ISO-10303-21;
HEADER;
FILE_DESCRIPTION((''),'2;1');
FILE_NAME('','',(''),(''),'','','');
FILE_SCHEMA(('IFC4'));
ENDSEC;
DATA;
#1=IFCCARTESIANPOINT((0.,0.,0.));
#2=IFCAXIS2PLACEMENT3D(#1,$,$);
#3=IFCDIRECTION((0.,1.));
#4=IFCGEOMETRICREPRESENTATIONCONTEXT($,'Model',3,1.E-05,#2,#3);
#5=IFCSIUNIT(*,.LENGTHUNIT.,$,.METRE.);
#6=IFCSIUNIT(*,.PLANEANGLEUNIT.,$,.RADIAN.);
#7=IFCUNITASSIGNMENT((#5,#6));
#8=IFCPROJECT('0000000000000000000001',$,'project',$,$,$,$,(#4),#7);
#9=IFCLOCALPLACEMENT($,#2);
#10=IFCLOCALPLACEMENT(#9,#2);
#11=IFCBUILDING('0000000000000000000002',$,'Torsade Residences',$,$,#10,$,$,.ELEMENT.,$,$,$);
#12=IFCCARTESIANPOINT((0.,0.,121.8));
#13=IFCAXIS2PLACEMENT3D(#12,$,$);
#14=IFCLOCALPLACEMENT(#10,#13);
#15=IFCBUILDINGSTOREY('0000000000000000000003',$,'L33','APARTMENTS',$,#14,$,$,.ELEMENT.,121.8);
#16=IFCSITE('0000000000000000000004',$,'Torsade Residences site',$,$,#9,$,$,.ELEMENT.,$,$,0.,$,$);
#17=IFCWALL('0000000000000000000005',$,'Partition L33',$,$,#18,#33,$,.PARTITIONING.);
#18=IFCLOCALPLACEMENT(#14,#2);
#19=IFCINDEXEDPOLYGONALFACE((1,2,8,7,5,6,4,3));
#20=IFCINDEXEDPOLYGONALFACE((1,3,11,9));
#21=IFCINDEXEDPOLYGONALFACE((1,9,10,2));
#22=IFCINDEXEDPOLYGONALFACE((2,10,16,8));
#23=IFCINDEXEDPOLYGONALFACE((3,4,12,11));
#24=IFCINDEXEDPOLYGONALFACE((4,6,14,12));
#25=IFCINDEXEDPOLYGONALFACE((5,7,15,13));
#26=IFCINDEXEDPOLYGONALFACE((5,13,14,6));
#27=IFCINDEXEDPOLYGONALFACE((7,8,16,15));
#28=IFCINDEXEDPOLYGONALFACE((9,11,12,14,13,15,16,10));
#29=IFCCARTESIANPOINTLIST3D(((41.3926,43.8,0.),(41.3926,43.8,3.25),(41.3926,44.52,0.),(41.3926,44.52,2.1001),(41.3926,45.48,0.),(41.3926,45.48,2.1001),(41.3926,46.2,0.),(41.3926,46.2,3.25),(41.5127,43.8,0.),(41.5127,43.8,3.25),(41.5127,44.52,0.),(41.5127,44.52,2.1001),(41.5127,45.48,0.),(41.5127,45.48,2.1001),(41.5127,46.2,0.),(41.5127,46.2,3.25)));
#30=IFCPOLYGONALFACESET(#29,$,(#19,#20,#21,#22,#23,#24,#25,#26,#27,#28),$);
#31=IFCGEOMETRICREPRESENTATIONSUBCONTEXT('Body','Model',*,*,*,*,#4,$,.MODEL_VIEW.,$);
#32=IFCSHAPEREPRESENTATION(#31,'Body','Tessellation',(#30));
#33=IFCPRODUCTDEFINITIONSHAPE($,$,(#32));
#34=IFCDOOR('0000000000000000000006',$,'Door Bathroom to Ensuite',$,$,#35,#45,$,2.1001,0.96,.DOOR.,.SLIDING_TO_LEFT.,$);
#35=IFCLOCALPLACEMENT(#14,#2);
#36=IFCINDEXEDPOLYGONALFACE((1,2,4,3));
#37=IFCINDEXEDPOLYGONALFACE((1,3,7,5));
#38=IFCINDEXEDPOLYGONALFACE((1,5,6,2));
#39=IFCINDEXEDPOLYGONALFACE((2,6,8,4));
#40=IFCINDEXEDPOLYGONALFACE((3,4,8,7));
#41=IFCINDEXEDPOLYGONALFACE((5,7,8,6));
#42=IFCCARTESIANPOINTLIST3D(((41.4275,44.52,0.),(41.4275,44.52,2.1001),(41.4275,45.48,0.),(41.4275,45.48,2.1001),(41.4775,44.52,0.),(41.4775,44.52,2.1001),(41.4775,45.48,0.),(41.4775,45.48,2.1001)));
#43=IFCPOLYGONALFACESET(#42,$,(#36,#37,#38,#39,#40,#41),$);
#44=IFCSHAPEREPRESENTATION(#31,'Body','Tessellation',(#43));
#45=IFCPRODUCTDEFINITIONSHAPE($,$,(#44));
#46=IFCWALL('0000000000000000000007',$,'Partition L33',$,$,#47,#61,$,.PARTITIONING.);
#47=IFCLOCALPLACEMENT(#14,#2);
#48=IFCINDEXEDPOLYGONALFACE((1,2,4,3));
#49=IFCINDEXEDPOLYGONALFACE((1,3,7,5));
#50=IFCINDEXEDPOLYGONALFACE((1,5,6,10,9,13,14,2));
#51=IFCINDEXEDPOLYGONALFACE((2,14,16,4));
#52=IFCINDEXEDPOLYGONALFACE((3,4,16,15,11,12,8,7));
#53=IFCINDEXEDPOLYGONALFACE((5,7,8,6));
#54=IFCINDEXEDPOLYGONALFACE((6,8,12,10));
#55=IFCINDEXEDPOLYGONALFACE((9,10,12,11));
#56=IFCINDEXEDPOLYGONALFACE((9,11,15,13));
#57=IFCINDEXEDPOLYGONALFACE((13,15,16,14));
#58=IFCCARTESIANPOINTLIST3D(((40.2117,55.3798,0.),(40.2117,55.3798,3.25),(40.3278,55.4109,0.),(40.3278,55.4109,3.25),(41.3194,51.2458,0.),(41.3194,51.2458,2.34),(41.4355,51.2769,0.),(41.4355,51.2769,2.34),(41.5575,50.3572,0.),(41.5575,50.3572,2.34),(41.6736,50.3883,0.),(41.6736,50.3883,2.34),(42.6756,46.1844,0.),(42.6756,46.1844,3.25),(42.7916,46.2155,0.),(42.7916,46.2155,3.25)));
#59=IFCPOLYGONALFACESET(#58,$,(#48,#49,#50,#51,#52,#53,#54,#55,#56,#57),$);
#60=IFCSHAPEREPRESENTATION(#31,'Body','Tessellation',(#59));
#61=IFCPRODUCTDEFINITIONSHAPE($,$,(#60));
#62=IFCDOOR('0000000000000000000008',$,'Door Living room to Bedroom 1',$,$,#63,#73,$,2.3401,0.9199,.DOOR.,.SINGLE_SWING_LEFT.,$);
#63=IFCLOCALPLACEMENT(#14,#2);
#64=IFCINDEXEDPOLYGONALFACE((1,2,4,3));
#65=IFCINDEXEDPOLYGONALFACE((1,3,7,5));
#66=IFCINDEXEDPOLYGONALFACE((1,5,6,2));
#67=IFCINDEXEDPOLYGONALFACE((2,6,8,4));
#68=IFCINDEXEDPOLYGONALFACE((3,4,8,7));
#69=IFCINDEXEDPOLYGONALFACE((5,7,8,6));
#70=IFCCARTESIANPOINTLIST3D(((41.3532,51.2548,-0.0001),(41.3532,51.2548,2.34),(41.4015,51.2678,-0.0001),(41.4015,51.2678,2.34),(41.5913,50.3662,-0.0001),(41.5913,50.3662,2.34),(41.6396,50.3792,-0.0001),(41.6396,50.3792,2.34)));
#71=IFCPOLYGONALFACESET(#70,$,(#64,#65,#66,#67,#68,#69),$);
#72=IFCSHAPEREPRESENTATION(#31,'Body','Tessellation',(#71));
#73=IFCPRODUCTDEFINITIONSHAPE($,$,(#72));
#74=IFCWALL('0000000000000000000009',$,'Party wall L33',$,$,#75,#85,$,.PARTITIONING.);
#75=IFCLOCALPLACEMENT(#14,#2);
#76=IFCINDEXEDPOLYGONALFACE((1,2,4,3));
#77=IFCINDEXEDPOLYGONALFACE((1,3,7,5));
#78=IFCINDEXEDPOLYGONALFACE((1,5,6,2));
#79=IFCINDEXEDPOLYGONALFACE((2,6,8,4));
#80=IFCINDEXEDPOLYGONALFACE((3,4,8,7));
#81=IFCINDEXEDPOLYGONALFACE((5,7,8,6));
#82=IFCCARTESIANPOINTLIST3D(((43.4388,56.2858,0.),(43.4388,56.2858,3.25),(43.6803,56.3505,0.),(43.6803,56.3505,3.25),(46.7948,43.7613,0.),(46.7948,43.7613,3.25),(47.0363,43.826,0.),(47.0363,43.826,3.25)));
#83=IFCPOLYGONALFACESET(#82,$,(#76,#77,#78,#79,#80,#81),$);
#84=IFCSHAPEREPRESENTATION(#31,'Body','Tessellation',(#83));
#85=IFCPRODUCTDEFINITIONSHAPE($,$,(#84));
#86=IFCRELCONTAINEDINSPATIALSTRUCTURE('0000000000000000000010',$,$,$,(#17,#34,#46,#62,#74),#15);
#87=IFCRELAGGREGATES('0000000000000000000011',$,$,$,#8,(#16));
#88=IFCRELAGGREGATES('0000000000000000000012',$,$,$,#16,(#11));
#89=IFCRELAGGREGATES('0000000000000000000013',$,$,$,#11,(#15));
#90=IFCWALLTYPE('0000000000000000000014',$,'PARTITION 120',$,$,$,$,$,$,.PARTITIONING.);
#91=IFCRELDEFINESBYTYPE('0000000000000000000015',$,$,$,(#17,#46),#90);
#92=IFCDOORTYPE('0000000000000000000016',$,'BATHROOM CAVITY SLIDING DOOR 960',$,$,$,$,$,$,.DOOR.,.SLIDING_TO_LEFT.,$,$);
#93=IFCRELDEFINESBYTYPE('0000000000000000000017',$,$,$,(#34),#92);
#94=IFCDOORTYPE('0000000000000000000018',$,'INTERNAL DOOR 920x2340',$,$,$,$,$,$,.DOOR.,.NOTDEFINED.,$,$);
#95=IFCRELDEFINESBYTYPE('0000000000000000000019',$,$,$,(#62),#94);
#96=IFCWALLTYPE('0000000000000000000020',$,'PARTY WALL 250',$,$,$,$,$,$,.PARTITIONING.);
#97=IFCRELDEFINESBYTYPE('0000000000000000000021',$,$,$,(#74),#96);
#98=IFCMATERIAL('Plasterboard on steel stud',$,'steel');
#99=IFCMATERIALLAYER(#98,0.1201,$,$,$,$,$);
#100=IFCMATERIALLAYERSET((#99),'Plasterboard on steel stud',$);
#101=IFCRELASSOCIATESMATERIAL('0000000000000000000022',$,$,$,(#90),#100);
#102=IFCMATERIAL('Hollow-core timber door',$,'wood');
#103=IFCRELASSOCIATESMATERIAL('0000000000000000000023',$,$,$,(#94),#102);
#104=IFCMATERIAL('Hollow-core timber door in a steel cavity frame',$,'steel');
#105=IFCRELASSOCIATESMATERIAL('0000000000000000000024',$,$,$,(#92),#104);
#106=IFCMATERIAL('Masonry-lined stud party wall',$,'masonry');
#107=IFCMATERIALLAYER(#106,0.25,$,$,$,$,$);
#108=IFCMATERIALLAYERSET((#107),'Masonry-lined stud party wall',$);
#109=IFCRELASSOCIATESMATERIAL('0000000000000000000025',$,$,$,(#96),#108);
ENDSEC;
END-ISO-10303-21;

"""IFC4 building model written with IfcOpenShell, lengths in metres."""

from ifc_helpers import new_model, si_unit, direction, frame, frame_2d, origin, place, context, subcontext, project, spatial, rectangle, extrude, material, layer, layer_set, type_object, element, fill, save


model = new_model("IFC4")

# Units and contexts
model_context = context("Model", 3, precision=1e-05, world=origin(), true_north=direction((0.0, 1.0)))
body_context = subcontext(model_context, "Body", "Model", "MODEL_VIEW")
ifc_project = project(units=[si_unit("LENGTHUNIT", "METRE"), si_unit("PLANEANGLEUNIT", "RADIAN")], contexts=[model_context])

# Site, building, storey
site_placement = place(None, origin())
site = spatial("IfcSite", under=ifc_project, at=site_placement, Name="Torsade Residences site", CompositionType="ELEMENT", RefElevation=0.0)
building_placement = place(site_placement, origin())
building = spatial("IfcBuilding", under=site, at=building_placement, Name="Torsade Residences", CompositionType="ELEMENT")
storey_placement = place(building_placement, frame((0.0, 0.0, 121.8)))
storey = spatial("IfcBuildingStorey", under=building, at=storey_placement, Name="L33", Description="APARTMENTS", CompositionType="ELEMENT", Elevation=121.8)

# Shared definitions
ifc_material_1 = material(Name="Plasterboard on steel stud", Category="steel")
ifc_layer_1 = layer(ifc_material_1, 0.1201)
ifc_layer_set_1 = layer_set([ifc_layer_1], Name="Plasterboard on steel stud")
wall_type_1 = type_object("IfcWallType", Name="PARTITION 120", PredefinedType="PARTITIONING", material=ifc_layer_set_1)
ifc_material_2 = material(Name="Hollow-core timber door", Category="wood")
door_type_1 = type_object("IfcDoorType", Name="INTERNAL DOOR 920x2340", OperationType="NOTDEFINED", PredefinedType="DOOR", material=ifc_material_2)

# Walls, openings, doors
wall_1_placement = place(storey_placement, frame((41.4526, 46.2, 0.0), z_axis=(0.0, 0.0, 1.0), x_axis=(0.0, -1.0, 0.0)))
wall_1 = element("IfcWall", 1, at=wall_1_placement, inside=storey, type_object=wall_type_1, Name="Partition L33", PredefinedType="PARTITIONING", context=body_context, shape_type="SweptSolid", body=[
    extrude(rectangle(XDim=2.3999, YDim=0.1201, at=frame_2d((1.2, 0.0))), origin(), (0.0, 0.0, 1.0), 3.25),
])
opening_1_placement = place(wall_1_placement, frame((0.72, 0.0, 0.0)))
opening_1 = element("IfcOpeningElement", 2, at=opening_1_placement, cuts=wall_1, PredefinedType="OPENING", context=body_context, shape_type="SweptSolid", body=[
    extrude(rectangle(XDim=0.96, YDim=2.1001, at=frame_2d((0.48, 1.05))), frame((0.0, 0.0701, 0.0), z_axis=(0.0, -1.0, 0.0), x_axis=(1.0, 0.0, 0.0)), (0.0, 0.0, 1.0), 0.1401),
])
ifc_material_3 = material(Name="Hollow-core timber door in a steel cavity frame", Category="steel")
door_type_2 = type_object("IfcDoorType", Name="BATHROOM CAVITY SLIDING DOOR 960", OperationType="SLIDING_TO_LEFT", PredefinedType="DOOR", material=ifc_material_3)
door_1_placement = place(opening_1_placement, origin())
door_1 = element("IfcDoor", 3, at=door_1_placement, inside=storey, type_object=door_type_2, Name="Door Bathroom to Ensuite", OperationType="SLIDING_TO_LEFT", OverallHeight=2.1001, OverallWidth=0.96, PredefinedType="DOOR", context=body_context, shape_type="SweptSolid", body=[
    extrude(rectangle(XDim=0.96, YDim=2.1001, at=frame_2d((0.48, 1.05))), frame((0.0, 0.0249, 0.0), z_axis=(0.0, -1.0, 0.0), x_axis=(1.0, 0.0, 0.0)), (0.0, 0.0, 1.0), 0.05),
])
fill(opening_1, door_1)
wall_2_placement = place(storey_placement, frame((40.2698, 55.3953, 0.0), z_axis=(0.0, 0.0, 1.0), x_axis=(0.258818, -0.965926, 0.0)))
wall_2 = element("IfcWall", 4, at=wall_2_placement, inside=storey, type_object=wall_type_1, Name="Partition L33", PredefinedType="PARTITIONING", context=body_context, shape_type="SweptSolid", body=[
    extrude(rectangle(XDim=9.5198, YDim=0.1201, at=frame_2d((4.7598, 0.0))), origin(), (0.0, 0.0, 1.0), 3.25),
])
opening_2_placement = place(wall_2_placement, frame((4.2798, 0.0, 0.0)))
opening_2 = element("IfcOpeningElement", 5, at=opening_2_placement, cuts=wall_2, PredefinedType="OPENING", context=body_context, shape_type="SweptSolid", body=[
    extrude(rectangle(XDim=0.9199, YDim=2.3401, at=frame_2d((0.46, 1.1699))), frame((0.0, 0.0701, 0.0), z_axis=(0.0, -1.0, 0.0), x_axis=(1.0, 0.0, 0.0)), (0.0, 0.0, 1.0), 0.1401),
])
door_2_placement = place(opening_2_placement, origin())
door_2 = element("IfcDoor", 6, at=door_2_placement, inside=storey, type_object=door_type_1, Name="Door Living room to Bedroom 1", OperationType="SINGLE_SWING_LEFT", OverallHeight=2.3401, OverallWidth=0.9199, PredefinedType="DOOR", context=body_context, shape_type="SweptSolid", body=[
    extrude(rectangle(XDim=0.9199, YDim=2.3401, at=frame_2d((0.46, 1.1699))), frame((0.0, 0.0249, 0.0), z_axis=(0.0, -1.0, 0.0), x_axis=(1.0, 0.0, 0.0)), (0.0, 0.0, 1.0), 0.05),
])
fill(opening_2, door_2)

# Wall
ifc_material_4 = material(Name="Masonry-lined stud party wall", Category="masonry")
ifc_layer_2 = layer(ifc_material_4, 0.25)
ifc_layer_set_2 = layer_set([ifc_layer_2], Name="Masonry-lined stud party wall")
wall_type_2 = type_object("IfcWallType", Name="PARTY WALL 250", PredefinedType="PARTITIONING", material=ifc_layer_set_2)
wall_3_placement = place(storey_placement, frame((43.5596, 56.3181, 0.0), z_axis=(0.0, 0.0, 1.0), x_axis=(0.258823, -0.965925, 0.0)))
element("IfcWall", 7, at=wall_3_placement, inside=storey, type_object=wall_type_2, Name="Party wall L33", PredefinedType="PARTITIONING", context=body_context, shape_type="SweptSolid", body=[
    extrude(rectangle(XDim=12.9663, YDim=0.25, at=frame_2d((6.4832, 0.0))), origin(), (0.0, 0.0, 1.0), 3.25),
])

save(model, "model.ifc")
